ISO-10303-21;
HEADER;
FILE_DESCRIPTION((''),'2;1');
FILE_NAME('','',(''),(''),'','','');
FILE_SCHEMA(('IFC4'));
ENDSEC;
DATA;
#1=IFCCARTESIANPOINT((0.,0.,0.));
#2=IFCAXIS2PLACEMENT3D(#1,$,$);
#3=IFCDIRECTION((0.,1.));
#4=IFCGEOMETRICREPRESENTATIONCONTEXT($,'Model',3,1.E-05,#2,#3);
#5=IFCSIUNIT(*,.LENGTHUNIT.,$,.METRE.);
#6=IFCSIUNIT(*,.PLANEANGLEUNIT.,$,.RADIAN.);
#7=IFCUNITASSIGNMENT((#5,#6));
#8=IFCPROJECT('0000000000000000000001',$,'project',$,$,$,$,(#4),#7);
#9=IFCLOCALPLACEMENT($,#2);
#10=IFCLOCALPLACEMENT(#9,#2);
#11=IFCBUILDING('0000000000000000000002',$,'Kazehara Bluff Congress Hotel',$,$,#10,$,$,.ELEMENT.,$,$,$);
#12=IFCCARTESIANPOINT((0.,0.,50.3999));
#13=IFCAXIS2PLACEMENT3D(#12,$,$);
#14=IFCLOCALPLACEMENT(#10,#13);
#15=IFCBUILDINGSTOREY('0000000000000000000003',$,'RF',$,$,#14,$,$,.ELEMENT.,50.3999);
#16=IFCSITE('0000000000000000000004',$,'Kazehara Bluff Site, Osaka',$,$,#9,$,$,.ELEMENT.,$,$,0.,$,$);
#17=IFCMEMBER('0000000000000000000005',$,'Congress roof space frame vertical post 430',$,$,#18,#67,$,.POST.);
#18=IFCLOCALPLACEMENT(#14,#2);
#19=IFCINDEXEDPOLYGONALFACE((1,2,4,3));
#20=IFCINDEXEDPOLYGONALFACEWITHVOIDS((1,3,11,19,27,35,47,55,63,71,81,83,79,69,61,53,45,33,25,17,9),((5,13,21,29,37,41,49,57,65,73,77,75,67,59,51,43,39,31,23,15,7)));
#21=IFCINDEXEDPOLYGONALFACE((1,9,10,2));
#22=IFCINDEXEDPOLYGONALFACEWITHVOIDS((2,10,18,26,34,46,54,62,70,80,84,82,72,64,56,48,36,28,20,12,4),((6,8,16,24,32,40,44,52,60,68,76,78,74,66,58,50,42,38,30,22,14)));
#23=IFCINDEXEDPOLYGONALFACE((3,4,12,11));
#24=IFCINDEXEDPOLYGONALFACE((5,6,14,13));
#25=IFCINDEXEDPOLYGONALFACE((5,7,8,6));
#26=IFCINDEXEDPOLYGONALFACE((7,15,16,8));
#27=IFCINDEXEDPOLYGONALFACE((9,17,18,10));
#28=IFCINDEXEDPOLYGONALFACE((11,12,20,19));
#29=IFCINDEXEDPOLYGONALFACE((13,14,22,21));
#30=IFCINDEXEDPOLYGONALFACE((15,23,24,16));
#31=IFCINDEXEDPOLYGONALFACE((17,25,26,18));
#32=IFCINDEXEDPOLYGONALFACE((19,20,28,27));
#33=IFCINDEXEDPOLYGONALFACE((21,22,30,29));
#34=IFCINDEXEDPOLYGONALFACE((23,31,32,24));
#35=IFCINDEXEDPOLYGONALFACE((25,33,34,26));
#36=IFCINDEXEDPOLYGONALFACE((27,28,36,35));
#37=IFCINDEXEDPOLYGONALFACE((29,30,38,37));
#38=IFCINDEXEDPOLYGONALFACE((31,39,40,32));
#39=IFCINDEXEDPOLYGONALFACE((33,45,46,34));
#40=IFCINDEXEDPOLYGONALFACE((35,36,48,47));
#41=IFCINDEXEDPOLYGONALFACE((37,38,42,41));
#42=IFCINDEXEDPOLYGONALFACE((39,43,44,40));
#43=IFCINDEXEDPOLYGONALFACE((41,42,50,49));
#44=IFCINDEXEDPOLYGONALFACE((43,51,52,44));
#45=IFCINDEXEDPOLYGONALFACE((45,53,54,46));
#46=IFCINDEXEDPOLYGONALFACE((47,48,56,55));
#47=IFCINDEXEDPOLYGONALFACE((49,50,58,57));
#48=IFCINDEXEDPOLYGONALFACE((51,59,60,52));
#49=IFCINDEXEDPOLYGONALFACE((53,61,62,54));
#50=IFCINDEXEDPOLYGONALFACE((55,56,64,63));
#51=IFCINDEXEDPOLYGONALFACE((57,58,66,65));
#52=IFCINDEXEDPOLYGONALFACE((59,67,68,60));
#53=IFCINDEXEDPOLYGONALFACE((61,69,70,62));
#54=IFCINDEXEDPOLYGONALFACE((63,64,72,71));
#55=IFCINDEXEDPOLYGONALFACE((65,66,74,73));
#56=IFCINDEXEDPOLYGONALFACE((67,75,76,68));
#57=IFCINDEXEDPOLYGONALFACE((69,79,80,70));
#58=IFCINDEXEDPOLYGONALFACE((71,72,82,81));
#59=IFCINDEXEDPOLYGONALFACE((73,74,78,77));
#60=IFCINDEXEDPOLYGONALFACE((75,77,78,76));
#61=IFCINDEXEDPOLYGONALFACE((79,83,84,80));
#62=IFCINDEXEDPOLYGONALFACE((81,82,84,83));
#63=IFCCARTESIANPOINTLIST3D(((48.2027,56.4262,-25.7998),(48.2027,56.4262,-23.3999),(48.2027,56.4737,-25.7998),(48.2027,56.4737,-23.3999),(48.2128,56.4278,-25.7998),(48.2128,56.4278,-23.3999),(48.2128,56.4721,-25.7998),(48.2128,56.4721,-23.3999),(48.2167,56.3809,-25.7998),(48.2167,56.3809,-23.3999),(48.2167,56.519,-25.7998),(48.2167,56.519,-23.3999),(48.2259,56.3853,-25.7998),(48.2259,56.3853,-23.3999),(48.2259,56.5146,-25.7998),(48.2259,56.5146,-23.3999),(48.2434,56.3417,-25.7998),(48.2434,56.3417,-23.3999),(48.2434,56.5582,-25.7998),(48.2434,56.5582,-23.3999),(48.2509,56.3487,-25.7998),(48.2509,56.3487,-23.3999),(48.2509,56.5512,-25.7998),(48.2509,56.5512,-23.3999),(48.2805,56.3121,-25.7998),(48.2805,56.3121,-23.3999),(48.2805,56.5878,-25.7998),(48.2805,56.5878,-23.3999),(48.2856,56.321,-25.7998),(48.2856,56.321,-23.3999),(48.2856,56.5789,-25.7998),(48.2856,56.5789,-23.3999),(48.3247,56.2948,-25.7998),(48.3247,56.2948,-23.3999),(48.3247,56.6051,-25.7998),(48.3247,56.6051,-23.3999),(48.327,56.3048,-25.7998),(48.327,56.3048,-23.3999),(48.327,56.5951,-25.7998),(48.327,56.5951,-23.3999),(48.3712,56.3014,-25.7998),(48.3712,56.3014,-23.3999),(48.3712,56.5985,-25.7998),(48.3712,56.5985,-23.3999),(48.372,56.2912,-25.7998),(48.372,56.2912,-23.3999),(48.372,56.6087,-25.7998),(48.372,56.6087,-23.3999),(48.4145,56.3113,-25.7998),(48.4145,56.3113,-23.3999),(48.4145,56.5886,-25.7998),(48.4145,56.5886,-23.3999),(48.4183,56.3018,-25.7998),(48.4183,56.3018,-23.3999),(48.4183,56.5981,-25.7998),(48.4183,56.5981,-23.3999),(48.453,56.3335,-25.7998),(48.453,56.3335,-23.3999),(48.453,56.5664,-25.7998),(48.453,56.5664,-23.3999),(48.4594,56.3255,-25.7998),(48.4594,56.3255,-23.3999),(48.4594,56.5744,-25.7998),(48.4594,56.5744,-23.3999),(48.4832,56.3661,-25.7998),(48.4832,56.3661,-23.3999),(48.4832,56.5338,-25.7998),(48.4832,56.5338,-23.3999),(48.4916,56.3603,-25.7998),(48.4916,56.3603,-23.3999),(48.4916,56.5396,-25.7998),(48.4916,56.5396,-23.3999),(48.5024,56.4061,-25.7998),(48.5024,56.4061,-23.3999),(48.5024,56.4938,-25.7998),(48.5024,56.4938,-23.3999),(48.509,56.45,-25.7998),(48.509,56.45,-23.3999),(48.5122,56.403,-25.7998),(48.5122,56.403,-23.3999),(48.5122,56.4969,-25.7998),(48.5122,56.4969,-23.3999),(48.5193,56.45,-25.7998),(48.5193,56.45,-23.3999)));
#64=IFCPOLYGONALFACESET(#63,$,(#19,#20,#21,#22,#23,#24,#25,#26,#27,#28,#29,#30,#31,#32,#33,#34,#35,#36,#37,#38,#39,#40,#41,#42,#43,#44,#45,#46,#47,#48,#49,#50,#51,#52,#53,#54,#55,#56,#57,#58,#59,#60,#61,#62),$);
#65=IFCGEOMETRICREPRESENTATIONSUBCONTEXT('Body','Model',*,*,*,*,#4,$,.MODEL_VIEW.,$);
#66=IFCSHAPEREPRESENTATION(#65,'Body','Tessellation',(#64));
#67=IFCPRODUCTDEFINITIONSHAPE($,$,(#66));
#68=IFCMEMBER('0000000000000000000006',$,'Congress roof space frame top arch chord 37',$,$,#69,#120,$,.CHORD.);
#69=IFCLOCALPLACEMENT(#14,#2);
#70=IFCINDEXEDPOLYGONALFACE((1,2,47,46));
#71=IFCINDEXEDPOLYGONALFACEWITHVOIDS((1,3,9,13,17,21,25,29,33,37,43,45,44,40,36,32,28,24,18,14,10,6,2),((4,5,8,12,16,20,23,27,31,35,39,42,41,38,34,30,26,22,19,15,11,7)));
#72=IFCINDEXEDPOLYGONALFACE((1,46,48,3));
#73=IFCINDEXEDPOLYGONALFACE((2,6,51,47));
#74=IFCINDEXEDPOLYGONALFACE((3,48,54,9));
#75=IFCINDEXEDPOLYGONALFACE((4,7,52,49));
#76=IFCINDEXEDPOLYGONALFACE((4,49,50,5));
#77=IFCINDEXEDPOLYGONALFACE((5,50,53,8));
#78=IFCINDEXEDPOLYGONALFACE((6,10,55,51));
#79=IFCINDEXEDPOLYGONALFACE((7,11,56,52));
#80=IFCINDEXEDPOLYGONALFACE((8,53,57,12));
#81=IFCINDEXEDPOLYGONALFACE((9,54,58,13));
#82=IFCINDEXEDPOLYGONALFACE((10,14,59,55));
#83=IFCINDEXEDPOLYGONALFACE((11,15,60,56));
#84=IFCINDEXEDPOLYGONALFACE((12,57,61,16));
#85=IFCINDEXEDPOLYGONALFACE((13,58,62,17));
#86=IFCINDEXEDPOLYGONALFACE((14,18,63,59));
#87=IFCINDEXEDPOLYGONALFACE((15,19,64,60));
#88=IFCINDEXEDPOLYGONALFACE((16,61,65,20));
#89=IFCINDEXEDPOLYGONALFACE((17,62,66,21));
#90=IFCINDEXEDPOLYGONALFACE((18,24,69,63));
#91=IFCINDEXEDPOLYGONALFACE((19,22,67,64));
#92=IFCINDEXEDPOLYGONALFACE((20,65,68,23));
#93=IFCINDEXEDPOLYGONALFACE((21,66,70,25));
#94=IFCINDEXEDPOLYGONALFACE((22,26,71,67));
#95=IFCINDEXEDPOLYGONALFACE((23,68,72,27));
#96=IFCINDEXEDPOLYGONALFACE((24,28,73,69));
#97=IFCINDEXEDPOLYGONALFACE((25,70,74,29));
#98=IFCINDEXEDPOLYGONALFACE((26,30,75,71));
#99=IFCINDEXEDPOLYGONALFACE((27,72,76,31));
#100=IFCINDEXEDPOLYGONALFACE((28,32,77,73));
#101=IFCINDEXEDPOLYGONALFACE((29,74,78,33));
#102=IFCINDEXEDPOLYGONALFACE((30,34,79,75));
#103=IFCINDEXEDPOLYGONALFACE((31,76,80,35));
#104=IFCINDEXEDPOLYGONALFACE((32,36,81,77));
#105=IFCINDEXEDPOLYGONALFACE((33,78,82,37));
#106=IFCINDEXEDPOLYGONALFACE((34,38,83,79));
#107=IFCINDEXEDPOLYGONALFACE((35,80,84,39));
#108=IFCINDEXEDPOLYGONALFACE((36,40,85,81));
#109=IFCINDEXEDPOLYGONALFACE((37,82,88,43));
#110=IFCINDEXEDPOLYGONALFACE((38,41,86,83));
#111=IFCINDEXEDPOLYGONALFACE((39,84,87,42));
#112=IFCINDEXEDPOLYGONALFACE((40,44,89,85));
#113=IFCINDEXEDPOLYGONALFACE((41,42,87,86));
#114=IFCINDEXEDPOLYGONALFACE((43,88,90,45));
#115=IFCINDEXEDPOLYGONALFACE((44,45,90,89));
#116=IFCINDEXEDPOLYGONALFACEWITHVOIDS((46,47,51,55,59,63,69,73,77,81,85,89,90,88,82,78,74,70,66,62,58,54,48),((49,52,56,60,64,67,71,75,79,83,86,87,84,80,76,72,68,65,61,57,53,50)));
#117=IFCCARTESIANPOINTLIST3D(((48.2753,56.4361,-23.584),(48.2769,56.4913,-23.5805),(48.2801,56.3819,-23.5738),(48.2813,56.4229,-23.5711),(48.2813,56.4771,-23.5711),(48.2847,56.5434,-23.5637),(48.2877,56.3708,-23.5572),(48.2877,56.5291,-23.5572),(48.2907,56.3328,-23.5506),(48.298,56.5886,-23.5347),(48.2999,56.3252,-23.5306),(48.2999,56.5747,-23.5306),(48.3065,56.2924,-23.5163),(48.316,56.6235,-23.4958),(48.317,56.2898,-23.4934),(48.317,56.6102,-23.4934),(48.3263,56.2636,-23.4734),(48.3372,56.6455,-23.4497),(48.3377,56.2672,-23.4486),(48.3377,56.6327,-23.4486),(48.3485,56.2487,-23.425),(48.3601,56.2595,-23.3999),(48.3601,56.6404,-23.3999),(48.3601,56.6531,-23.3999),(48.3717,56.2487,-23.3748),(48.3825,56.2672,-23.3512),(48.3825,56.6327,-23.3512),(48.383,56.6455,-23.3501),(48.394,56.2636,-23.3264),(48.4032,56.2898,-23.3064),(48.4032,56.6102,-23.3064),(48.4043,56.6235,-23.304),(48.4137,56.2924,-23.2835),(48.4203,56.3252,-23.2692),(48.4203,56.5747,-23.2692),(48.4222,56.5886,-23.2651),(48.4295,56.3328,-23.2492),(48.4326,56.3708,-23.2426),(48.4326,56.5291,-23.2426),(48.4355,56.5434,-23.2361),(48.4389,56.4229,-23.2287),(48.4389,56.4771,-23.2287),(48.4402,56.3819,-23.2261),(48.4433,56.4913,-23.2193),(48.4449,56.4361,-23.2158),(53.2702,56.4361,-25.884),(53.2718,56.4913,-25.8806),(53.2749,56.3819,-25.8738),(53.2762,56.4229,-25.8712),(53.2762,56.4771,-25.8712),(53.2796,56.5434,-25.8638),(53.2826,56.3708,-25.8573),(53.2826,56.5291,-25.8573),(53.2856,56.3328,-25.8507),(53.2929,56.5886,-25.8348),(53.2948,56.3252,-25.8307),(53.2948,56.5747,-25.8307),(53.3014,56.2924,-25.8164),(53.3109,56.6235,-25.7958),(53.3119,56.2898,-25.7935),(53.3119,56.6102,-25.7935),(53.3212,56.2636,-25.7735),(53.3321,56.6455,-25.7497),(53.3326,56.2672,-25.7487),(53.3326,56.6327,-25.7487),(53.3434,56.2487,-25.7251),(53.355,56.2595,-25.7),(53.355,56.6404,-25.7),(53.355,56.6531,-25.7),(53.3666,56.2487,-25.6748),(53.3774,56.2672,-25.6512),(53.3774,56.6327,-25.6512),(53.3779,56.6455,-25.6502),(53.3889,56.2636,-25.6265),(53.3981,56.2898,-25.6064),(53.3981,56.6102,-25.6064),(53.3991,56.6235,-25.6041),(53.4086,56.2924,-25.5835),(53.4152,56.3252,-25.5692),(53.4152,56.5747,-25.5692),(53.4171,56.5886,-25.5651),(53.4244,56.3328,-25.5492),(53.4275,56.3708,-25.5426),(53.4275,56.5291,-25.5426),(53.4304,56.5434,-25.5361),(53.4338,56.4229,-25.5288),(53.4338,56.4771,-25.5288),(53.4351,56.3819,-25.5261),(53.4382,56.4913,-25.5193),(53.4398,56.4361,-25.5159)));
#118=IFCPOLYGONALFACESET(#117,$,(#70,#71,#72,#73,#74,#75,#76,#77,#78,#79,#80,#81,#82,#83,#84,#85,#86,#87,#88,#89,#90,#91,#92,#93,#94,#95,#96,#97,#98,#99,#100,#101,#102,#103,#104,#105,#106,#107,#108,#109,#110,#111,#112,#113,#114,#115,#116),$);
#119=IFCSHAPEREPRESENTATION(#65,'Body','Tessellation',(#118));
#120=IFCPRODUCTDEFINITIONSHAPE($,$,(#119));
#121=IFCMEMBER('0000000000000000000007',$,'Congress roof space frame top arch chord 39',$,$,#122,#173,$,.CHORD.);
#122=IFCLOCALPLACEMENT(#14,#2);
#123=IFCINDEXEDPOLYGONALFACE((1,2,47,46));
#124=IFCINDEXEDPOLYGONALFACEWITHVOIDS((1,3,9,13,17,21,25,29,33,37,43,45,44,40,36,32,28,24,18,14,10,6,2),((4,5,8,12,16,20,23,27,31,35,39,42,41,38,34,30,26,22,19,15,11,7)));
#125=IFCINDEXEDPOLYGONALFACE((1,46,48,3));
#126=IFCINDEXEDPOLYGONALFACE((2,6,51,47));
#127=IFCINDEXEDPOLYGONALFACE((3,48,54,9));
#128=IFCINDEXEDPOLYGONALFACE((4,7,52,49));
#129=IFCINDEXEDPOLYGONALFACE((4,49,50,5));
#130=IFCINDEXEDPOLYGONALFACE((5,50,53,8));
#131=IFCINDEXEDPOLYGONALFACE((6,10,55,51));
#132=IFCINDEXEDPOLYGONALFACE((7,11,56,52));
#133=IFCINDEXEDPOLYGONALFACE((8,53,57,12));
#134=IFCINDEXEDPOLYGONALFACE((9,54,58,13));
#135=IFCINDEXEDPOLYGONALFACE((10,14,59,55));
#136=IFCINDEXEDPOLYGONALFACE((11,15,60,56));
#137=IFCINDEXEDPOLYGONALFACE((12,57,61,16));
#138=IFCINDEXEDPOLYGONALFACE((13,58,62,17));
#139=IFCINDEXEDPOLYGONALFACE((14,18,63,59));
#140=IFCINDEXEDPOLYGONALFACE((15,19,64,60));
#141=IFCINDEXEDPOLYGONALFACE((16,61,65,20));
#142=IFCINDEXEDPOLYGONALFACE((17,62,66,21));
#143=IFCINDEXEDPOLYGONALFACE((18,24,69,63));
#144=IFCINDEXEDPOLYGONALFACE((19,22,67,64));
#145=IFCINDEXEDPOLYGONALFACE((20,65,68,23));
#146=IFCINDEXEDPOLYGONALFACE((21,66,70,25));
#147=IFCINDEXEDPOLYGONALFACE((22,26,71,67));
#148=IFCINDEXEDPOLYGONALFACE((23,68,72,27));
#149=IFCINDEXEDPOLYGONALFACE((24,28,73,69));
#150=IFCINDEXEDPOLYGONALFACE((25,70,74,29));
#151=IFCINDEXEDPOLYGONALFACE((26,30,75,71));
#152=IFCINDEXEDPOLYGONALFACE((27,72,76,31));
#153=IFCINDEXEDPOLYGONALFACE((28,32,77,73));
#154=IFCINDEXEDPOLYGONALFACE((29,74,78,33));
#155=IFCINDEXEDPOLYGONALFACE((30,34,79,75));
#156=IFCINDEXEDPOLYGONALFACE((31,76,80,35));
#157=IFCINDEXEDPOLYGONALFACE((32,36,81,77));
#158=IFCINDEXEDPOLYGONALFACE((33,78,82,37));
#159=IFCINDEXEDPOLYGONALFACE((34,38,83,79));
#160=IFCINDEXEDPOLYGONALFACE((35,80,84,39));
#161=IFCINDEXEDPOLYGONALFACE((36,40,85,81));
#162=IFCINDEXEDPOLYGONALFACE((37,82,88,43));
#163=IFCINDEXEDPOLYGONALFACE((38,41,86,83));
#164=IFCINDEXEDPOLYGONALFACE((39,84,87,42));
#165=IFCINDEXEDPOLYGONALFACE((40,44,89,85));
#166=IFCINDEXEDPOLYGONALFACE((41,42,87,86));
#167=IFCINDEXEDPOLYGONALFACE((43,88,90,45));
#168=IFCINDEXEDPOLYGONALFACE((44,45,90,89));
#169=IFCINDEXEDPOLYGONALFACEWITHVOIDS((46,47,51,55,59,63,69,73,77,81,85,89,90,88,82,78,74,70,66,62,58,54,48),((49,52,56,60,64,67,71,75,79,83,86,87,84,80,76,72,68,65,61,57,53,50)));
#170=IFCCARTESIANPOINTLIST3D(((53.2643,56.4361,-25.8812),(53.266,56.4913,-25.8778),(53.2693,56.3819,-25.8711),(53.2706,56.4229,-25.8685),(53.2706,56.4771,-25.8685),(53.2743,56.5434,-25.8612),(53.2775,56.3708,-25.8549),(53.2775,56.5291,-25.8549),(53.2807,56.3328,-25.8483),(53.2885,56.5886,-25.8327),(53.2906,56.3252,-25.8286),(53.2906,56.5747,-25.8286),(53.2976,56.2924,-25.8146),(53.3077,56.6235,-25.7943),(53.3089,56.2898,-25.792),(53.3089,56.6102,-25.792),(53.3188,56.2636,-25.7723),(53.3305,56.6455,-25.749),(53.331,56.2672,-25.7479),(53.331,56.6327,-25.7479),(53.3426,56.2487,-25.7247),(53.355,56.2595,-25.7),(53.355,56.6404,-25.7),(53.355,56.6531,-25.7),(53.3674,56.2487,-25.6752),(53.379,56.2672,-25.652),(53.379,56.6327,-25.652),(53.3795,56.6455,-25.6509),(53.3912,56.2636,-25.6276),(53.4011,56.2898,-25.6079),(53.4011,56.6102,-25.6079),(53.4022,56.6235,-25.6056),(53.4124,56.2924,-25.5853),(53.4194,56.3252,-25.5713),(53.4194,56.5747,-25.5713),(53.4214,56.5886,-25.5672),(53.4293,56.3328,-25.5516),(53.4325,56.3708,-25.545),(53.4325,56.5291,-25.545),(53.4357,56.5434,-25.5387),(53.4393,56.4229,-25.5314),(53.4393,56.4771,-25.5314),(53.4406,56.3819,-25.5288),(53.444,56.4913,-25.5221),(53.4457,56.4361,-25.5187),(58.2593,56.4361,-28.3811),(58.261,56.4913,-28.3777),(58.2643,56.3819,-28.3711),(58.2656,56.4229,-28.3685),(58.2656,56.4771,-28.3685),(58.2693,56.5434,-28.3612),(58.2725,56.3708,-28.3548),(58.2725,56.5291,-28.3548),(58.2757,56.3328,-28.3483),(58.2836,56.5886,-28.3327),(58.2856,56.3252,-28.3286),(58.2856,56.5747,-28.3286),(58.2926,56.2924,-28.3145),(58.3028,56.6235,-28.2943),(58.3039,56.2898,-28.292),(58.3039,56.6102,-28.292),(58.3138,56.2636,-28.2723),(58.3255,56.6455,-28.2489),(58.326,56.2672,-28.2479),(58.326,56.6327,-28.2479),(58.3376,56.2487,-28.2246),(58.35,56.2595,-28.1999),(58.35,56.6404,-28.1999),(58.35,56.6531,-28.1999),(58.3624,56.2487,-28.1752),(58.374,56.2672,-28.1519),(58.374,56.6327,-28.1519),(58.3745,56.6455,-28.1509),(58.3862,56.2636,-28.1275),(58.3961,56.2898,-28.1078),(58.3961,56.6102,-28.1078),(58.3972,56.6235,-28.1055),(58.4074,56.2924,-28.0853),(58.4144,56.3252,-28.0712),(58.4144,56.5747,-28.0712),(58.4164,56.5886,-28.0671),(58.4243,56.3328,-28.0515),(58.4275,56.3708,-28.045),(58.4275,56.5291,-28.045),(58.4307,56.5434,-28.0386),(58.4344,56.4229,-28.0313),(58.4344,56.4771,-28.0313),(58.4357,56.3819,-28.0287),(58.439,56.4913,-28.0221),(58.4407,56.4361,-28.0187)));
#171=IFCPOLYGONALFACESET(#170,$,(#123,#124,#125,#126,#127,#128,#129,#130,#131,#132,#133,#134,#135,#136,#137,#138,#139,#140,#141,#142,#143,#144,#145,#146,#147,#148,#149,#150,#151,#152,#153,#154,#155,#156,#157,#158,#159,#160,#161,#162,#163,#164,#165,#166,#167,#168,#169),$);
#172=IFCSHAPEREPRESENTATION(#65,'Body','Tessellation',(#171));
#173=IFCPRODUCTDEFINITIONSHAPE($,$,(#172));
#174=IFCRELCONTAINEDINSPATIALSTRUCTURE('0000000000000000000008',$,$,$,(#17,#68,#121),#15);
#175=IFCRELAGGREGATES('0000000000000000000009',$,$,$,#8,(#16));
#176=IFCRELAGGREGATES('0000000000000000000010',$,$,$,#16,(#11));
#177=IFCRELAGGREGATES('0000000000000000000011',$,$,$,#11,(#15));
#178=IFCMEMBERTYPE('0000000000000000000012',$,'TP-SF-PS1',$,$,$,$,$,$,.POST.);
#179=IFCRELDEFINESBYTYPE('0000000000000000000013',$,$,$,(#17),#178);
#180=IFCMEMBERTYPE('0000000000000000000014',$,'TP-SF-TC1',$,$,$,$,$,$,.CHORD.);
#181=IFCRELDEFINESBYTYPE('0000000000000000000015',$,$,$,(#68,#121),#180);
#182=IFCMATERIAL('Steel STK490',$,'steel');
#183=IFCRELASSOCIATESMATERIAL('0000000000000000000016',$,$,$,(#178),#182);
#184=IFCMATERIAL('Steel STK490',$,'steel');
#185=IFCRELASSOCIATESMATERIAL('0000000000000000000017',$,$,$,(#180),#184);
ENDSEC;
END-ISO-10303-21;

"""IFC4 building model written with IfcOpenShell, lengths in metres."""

from ifc_helpers import new_model, si_unit, direction, frame, origin, origin_2d, place, context, subcontext, project, spatial, hollow_circle, extrude, material, material_profile, profile_set, type_object, element, save


model = new_model("IFC4")

# Units and contexts
model_context = context("Model", 3, precision=1e-05, world=origin(), true_north=direction((0.0, 1.0)))
body_context = subcontext(model_context, "Body", "Model", "MODEL_VIEW")
ifc_project = project(units=[si_unit("LENGTHUNIT", "METRE"), si_unit("PLANEANGLEUNIT", "RADIAN")], contexts=[model_context])

# Site, building, storey
site_placement = place(None, origin())
site = spatial("IfcSite", under=ifc_project, at=site_placement, Name="Kazehara Bluff Site, Osaka", CompositionType="ELEMENT", RefElevation=0.0)
building_placement = place(site_placement, origin())
building = spatial("IfcBuilding", under=site, at=building_placement, Name="Kazehara Bluff Congress Hotel", CompositionType="ELEMENT")
storey_placement = place(building_placement, frame((0.0, 0.0, 50.3999)))
storey = spatial("IfcBuildingStorey", under=building, at=storey_placement, Name="RF", CompositionType="ELEMENT", Elevation=50.3999)

# Members
ifc_material_1 = material(Name="Steel STK490", Category="steel")
ifc_material_profile_1 = material_profile(ifc_material_1, hollow_circle(Radius=0.1592, WallThickness=0.0103, at=origin_2d()))
ifc_profile_set_1 = profile_set([ifc_material_profile_1], Name="Steel STK490")
member_type_1 = type_object("IfcMemberType", Name="TP-SF-PS1", PredefinedType="POST", material=ifc_profile_set_1)
for number, where, z_axis, x_axis, name in (
    (1, (48.3601, 56.45, -25.7998), (0.0, 0.0, 1.0), (1.0, 0.0, 0.0), "Congress roof space frame vertical post 430"),
):
    element("IfcMember", number, at=place(storey_placement, frame(where, z_axis=z_axis, x_axis=x_axis)), inside=storey, type_object=member_type_1, Name=name, PredefinedType="POST", context=body_context, shape_type="SweptSolid", body=[
        extrude(hollow_circle(Radius=0.1592, WallThickness=0.0103, at=origin_2d()), origin(), (0.0, 0.0, 1.0), 2.3999),
    ])
ifc_material_2 = material(Name="Steel STK490", Category="steel")
ifc_material_profile_2 = material_profile(ifc_material_2, hollow_circle(Radius=0.2031, WallThickness=0.0127, at=origin_2d()))
ifc_profile_set_2 = profile_set([ifc_material_profile_2], Name="Steel STK490")
member_type_2 = type_object("IfcMemberType", Name="TP-SF-TC1", PredefinedType="CHORD", material=ifc_profile_set_2)
member_1_placement = place(storey_placement, frame((48.3601, 56.45, -23.3999), z_axis=(0.908324, 0.0, -0.418267), x_axis=(0.0, 1.0, 0.0)))
element("IfcMember", 2, at=member_1_placement, inside=storey, type_object=member_type_2, Name="Congress roof space frame top arch chord 37", PredefinedType="CHORD", context=body_context, shape_type="SweptSolid", body=[
    extrude(hollow_circle(Radius=0.2031, WallThickness=0.0127, at=origin_2d()), origin(), (0.0, 0.0, 1.0), 5.499),
])
member_2_placement = place(storey_placement, frame((53.355, 56.45, -25.7), z_axis=(0.894252, 0.0, -0.447563), x_axis=(0.0, 1.0, 0.0)))
element("IfcMember", 3, at=member_2_placement, inside=storey, type_object=member_type_2, Name="Congress roof space frame top arch chord 39", PredefinedType="CHORD", context=body_context, shape_type="SweptSolid", body=[
    extrude(hollow_circle(Radius=0.2031, WallThickness=0.0127, at=origin_2d()), origin(), (0.0, 0.0, 1.0), 5.5857),
])

save(model, "model.ifc")
